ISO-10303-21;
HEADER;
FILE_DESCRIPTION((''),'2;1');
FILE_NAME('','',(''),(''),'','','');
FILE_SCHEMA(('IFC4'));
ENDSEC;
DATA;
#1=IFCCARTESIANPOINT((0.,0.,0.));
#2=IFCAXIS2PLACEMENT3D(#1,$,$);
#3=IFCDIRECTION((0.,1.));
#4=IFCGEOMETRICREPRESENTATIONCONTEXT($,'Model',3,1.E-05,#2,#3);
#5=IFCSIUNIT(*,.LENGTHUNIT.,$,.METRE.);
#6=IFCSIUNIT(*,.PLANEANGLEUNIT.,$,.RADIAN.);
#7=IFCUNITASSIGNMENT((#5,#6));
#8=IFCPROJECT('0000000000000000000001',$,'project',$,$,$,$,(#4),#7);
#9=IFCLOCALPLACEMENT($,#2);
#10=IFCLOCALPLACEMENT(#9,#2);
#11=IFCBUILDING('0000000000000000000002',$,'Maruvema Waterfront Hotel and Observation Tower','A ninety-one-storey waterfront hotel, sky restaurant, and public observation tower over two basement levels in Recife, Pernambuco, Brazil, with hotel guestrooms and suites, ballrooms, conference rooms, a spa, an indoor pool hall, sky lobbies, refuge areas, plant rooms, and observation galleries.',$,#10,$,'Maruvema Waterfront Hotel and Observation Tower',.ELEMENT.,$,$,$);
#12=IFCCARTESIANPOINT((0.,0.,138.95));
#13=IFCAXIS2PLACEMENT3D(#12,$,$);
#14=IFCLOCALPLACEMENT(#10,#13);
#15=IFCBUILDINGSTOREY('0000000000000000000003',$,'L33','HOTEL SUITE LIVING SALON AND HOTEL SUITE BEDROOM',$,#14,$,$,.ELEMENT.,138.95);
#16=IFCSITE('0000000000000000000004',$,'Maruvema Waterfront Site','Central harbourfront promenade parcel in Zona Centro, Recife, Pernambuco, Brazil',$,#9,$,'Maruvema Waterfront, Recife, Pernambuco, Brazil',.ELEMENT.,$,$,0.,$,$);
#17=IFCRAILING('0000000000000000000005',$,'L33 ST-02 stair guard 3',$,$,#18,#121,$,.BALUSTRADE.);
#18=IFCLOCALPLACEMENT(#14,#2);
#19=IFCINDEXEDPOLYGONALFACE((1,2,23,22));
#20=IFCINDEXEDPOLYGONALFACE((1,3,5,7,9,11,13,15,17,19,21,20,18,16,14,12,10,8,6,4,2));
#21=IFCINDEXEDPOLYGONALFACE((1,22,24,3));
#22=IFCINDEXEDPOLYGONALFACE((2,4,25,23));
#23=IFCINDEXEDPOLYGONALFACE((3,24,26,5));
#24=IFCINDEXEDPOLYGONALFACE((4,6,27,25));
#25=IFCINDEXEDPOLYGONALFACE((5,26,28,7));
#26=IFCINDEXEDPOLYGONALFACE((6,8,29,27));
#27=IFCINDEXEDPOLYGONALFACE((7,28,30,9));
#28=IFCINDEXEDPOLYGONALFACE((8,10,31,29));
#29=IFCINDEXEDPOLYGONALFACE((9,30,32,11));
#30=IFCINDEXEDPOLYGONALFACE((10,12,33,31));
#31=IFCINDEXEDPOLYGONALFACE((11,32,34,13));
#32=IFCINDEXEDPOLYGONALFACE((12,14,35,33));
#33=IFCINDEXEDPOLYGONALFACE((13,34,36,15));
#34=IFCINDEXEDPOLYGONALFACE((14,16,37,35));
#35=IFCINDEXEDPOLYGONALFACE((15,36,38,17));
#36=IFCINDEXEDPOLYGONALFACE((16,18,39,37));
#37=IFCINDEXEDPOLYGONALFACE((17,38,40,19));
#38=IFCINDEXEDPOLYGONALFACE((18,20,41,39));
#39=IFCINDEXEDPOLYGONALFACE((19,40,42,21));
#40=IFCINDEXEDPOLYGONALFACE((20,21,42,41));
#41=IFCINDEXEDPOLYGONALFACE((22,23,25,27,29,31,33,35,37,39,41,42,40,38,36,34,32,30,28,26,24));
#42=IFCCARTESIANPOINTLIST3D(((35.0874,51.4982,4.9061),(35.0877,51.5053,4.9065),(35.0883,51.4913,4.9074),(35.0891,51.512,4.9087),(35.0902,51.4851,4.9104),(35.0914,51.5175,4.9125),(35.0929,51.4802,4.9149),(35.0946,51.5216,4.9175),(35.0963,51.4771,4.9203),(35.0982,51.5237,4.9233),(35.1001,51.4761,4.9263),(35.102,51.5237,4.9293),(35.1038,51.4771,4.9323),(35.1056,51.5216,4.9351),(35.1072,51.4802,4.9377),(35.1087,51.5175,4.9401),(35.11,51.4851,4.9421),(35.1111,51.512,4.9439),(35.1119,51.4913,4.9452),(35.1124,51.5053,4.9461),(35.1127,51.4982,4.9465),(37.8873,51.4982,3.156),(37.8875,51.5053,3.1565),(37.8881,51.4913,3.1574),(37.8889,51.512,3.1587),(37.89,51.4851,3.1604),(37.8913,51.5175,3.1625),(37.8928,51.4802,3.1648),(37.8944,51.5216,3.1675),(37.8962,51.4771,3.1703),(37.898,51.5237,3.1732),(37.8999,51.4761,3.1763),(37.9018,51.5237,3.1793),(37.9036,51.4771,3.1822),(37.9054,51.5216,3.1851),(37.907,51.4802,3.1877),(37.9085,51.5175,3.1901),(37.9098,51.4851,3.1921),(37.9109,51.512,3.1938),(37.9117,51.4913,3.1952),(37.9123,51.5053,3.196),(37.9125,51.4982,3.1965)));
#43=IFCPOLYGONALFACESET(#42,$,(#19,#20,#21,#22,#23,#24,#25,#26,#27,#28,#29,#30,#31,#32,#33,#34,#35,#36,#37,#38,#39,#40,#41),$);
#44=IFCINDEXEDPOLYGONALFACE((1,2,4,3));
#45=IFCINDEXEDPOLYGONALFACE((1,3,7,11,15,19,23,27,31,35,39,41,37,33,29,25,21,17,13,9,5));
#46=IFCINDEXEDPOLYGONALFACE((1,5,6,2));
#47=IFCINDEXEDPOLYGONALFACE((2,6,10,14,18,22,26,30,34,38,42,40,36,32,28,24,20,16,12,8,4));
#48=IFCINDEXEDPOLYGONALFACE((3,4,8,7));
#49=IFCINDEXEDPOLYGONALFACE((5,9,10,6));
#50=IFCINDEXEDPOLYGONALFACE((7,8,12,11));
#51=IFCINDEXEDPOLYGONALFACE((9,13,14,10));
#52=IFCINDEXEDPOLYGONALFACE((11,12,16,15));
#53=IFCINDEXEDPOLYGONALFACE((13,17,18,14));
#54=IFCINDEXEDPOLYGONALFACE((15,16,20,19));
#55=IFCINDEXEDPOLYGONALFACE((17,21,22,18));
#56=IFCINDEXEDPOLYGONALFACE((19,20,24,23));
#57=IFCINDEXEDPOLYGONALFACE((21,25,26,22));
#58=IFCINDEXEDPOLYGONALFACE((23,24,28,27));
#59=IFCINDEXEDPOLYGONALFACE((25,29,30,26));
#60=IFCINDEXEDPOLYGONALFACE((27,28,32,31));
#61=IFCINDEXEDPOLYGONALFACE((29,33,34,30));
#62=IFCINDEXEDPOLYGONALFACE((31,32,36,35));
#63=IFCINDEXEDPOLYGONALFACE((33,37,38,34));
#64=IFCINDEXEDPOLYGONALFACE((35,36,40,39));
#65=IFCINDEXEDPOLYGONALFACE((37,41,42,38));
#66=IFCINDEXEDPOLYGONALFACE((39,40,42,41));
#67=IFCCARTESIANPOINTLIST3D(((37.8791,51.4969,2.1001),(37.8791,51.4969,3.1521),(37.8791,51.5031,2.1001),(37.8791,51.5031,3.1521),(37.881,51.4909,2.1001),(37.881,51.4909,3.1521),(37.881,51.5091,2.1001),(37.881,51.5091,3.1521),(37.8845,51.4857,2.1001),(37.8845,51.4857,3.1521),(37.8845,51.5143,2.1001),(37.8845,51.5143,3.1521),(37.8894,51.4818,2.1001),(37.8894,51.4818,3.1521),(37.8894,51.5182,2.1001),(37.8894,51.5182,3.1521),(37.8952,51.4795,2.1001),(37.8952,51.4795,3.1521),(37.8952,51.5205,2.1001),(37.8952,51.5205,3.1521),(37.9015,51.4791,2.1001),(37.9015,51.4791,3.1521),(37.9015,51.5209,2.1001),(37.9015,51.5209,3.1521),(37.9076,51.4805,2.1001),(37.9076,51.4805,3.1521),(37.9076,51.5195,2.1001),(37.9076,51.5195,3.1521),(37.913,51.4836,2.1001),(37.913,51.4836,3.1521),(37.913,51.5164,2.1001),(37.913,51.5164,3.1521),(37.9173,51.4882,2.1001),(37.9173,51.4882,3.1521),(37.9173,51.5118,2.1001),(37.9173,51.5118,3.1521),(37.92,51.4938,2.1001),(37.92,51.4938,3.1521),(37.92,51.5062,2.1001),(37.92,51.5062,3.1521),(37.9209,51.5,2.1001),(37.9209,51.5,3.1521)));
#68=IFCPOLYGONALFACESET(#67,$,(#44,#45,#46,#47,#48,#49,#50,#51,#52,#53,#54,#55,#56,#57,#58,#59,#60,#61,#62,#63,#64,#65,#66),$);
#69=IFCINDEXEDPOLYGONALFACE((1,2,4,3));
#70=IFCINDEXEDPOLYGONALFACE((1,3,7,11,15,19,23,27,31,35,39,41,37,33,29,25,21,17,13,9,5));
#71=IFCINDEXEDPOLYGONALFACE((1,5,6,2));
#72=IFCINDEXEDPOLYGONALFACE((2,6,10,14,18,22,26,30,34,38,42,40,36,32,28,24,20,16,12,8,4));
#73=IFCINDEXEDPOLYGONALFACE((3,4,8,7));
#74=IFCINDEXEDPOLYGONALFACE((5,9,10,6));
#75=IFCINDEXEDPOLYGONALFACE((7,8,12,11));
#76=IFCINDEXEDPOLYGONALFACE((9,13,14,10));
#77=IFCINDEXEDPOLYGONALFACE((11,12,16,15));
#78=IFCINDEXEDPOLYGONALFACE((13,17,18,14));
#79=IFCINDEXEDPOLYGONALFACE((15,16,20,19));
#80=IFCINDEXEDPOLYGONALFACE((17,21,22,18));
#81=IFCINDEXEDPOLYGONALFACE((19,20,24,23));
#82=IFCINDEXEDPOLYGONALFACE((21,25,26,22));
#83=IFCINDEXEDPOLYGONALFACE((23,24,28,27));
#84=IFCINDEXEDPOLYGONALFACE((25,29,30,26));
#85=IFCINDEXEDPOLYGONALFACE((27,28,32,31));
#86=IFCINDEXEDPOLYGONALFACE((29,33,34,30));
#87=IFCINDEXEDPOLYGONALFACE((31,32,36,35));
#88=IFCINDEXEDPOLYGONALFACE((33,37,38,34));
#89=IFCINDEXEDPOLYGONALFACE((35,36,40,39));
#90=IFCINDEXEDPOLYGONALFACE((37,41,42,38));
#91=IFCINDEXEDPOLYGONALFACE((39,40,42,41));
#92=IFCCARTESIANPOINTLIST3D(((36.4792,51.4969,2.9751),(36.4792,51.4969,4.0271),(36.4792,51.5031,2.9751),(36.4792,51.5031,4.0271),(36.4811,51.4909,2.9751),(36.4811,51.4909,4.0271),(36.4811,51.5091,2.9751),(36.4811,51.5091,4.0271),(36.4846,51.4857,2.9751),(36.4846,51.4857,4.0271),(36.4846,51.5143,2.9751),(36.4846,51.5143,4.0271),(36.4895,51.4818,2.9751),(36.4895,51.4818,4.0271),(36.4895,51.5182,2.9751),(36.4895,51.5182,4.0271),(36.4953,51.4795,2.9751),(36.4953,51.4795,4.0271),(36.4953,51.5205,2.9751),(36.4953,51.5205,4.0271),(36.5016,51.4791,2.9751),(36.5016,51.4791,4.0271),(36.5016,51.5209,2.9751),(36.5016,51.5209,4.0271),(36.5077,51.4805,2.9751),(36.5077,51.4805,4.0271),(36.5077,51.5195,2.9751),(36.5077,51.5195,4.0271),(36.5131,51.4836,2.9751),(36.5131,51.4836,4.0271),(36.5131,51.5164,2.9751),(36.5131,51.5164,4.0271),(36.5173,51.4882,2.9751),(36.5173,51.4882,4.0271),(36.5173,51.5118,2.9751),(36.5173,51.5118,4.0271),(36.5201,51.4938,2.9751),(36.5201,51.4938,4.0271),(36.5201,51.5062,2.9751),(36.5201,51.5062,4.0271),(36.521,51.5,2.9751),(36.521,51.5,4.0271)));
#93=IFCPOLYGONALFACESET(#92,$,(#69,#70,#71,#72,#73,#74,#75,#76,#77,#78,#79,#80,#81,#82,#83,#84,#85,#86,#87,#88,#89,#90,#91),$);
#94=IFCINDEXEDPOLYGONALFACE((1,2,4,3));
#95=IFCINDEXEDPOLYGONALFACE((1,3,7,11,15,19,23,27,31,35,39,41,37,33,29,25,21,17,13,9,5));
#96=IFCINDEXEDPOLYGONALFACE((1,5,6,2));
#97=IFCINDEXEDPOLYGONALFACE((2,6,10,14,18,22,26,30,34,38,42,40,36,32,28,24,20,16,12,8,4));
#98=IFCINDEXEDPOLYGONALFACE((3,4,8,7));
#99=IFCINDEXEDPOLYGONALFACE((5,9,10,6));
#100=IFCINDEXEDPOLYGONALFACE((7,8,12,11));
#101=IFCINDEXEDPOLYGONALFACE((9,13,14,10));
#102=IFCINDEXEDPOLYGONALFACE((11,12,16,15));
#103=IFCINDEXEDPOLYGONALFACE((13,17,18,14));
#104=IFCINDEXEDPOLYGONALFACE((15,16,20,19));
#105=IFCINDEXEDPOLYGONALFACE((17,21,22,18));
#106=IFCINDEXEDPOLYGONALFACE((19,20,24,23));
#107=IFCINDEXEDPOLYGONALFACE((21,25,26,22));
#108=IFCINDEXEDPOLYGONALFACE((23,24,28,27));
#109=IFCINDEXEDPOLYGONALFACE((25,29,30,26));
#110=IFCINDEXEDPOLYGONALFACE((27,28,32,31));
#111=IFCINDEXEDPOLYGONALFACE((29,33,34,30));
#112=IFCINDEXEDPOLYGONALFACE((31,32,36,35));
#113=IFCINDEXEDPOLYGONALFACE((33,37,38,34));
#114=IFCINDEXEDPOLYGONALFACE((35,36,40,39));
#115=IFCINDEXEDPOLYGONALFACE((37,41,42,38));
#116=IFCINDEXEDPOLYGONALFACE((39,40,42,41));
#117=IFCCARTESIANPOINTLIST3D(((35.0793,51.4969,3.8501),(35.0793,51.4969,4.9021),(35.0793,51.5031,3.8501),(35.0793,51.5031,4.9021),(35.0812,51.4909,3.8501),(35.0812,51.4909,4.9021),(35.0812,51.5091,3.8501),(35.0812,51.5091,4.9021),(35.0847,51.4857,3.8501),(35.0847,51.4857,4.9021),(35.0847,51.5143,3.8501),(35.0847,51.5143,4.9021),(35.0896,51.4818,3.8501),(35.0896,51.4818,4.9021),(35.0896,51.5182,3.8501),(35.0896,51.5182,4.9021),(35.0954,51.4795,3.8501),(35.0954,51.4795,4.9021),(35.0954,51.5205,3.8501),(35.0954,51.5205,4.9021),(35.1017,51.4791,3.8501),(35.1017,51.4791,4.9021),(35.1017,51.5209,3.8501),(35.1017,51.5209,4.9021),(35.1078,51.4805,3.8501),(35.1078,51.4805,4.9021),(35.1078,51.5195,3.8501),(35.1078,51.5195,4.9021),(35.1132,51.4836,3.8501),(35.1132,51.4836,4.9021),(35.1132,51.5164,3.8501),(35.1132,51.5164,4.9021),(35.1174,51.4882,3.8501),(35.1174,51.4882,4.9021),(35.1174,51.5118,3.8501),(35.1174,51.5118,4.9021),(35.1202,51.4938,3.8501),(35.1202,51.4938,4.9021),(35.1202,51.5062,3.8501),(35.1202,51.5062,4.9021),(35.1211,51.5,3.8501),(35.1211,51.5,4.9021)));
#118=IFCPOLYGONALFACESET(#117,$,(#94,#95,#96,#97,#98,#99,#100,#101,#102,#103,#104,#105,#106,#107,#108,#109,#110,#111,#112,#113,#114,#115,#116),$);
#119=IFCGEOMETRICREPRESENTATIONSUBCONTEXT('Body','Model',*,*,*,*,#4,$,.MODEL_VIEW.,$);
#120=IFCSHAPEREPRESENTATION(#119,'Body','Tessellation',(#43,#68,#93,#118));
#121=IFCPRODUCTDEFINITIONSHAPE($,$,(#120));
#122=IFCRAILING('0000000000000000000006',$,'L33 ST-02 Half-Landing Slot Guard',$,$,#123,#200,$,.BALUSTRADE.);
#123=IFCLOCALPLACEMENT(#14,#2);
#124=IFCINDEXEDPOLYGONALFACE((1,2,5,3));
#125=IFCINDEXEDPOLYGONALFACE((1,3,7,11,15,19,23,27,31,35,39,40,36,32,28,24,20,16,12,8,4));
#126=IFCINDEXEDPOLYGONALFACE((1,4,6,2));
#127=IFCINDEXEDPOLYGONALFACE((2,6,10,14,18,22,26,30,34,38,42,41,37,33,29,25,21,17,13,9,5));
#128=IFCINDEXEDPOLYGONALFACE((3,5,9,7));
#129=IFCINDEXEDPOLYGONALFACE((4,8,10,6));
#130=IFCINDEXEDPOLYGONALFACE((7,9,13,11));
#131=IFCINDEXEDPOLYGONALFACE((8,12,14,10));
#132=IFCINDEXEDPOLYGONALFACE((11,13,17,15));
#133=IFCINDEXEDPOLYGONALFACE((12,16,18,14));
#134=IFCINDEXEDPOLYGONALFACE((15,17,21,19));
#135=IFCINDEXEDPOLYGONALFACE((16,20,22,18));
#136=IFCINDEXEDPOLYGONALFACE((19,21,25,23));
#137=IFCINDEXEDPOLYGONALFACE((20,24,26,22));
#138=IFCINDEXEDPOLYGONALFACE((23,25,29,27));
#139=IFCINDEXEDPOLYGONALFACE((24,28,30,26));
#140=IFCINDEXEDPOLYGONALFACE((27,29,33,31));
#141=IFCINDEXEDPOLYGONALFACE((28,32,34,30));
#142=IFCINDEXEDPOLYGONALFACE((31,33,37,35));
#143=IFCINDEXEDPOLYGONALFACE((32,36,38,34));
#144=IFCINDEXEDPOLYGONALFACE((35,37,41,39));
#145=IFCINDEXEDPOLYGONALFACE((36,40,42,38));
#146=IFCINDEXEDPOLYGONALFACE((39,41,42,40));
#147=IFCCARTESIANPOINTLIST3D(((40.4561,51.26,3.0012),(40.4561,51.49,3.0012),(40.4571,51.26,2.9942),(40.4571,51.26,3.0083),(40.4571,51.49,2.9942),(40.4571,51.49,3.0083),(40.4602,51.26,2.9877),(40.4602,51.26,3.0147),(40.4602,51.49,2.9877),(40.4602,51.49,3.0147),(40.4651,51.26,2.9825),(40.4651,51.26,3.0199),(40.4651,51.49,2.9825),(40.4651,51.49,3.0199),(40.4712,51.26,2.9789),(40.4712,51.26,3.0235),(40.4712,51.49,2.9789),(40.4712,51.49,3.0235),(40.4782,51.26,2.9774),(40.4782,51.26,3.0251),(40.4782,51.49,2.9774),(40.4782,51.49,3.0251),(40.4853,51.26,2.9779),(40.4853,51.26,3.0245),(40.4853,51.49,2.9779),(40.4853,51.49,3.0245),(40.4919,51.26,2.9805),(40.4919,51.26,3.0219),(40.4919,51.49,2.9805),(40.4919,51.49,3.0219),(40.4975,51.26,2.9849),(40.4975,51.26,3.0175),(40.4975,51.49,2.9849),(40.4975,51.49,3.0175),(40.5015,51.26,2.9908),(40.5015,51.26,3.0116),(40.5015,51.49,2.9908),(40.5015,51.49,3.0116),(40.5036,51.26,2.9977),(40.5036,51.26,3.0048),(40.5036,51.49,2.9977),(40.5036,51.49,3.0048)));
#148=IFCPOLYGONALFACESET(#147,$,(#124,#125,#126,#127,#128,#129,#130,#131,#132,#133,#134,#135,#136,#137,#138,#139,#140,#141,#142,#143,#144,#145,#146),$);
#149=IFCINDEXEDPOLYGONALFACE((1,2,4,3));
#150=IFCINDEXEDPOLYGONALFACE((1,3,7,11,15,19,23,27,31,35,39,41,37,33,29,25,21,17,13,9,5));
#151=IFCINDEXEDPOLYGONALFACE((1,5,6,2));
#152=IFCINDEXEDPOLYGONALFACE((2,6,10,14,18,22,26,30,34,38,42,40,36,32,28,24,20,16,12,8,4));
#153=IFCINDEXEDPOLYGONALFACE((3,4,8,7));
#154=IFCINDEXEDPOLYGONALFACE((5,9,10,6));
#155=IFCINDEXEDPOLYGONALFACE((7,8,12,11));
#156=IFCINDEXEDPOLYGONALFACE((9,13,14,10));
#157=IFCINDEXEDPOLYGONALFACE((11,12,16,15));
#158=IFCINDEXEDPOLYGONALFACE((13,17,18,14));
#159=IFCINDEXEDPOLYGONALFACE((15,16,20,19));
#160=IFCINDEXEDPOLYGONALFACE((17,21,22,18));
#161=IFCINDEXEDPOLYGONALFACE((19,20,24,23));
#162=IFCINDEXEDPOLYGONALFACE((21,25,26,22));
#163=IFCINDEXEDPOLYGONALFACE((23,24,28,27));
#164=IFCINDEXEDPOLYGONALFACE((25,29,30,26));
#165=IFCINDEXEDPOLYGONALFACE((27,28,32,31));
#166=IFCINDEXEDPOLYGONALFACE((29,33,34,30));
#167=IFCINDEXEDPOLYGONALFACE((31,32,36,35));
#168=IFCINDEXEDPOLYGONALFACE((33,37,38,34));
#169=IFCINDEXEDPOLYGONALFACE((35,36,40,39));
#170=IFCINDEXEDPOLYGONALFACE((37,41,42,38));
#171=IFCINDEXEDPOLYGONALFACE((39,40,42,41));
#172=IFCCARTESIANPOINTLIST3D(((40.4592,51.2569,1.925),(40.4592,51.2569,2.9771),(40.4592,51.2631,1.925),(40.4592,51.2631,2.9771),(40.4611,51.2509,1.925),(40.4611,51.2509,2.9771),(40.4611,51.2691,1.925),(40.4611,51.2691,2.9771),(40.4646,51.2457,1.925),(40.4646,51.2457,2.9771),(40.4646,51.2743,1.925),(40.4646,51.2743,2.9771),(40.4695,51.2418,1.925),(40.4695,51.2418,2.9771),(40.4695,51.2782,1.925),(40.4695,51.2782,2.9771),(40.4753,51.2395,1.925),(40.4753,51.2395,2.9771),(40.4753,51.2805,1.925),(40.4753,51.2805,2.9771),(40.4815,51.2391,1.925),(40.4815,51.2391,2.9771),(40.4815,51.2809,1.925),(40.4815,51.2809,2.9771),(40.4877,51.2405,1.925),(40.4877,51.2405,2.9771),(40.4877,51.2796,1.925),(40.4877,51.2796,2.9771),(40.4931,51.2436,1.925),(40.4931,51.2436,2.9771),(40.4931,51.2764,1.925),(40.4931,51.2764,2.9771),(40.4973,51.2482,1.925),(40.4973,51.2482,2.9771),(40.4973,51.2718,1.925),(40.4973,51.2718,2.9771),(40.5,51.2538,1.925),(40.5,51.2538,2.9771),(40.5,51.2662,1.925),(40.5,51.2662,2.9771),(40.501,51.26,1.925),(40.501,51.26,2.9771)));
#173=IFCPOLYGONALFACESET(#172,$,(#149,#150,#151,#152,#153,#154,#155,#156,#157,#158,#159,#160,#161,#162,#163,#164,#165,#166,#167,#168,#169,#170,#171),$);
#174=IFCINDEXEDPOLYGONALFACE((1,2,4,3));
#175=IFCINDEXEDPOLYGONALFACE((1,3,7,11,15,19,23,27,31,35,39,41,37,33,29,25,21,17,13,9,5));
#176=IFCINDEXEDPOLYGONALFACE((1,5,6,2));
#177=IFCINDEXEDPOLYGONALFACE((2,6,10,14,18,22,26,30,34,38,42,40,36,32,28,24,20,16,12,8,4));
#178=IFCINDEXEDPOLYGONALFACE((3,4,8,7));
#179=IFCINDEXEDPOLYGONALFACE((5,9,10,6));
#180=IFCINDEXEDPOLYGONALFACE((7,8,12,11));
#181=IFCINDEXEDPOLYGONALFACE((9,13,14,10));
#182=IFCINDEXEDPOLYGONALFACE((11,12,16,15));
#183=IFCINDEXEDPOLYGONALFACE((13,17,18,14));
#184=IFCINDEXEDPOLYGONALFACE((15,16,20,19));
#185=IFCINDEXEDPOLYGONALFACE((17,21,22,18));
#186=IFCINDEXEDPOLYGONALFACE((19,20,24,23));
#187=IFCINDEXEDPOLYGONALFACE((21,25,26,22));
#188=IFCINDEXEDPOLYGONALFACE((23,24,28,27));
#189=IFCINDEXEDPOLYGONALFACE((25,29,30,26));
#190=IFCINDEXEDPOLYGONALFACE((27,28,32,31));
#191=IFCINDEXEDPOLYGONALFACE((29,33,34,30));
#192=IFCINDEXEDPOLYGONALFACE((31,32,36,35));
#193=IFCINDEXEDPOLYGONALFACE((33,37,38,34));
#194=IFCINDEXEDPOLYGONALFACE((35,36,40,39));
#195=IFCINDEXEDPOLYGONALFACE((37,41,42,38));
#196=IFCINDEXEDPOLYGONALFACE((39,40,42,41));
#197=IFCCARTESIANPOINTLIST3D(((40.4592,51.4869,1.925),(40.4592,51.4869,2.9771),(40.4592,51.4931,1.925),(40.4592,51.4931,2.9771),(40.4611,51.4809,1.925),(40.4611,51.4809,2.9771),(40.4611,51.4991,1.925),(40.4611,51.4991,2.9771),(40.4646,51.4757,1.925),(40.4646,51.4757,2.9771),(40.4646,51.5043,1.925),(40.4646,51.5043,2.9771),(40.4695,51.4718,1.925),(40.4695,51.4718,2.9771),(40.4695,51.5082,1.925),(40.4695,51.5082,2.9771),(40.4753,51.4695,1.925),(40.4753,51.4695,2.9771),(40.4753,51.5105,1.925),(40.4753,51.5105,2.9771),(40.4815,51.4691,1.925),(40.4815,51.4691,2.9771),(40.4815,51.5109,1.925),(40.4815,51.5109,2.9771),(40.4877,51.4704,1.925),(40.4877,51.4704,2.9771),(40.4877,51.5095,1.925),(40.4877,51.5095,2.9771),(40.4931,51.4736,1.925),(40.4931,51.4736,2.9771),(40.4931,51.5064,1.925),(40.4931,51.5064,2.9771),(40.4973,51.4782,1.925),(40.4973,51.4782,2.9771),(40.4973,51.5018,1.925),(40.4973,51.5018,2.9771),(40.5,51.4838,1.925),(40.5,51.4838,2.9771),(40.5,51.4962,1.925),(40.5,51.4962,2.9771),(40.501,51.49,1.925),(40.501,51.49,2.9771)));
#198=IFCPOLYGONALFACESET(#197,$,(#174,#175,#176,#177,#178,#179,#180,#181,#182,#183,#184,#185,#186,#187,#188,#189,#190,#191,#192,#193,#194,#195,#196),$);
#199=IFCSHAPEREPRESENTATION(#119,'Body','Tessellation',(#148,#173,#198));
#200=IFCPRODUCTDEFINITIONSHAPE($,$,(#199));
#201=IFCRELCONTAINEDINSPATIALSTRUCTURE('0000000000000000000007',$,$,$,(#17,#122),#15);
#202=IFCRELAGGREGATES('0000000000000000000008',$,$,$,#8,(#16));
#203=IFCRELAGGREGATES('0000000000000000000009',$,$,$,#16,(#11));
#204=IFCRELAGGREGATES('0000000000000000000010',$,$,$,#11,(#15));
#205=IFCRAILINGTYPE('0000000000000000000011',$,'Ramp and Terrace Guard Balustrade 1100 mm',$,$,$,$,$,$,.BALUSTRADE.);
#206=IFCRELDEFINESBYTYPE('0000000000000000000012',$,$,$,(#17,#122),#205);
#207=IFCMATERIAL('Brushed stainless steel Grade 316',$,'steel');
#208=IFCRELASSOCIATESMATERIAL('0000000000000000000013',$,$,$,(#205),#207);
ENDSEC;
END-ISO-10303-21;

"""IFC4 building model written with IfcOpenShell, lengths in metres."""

from ifc_helpers import new_model, si_unit, direction, frame, origin, origin_2d, place, context, subcontext, project, spatial, circle, extrude, material, type_object, element, save


model = new_model("IFC4")

# Units and contexts
model_context = context("Model", 3, precision=1e-05, world=origin(), true_north=direction((0.0, 1.0)))
body_context = subcontext(model_context, "Body", "Model", "MODEL_VIEW")
ifc_project = project(units=[si_unit("LENGTHUNIT", "METRE"), si_unit("PLANEANGLEUNIT", "RADIAN")], contexts=[model_context])

# Site, building, storey
site_placement = place(None, origin())
site = spatial("IfcSite", under=ifc_project, at=site_placement, Name="Maruvema Waterfront Site", Description="Central harbourfront promenade parcel in Zona Centro, Recife, Pernambuco, Brazil", LongName="Maruvema Waterfront, Recife, Pernambuco, Brazil", CompositionType="ELEMENT", RefElevation=0.0)
building_placement = place(site_placement, origin())
building = spatial("IfcBuilding", under=site, at=building_placement, Name="Maruvema Waterfront Hotel and Observation Tower", Description="A ninety-one-storey waterfront hotel, sky restaurant, and public observation tower over two basement levels in Recife, Pernambuco, Brazil, with hotel guestrooms and suites, ballrooms, conference rooms, a spa, an indoor pool hall, sky lobbies, refuge areas, plant rooms, and observation galleries.", LongName="Maruvema Waterfront Hotel and Observation Tower", CompositionType="ELEMENT")
storey_placement = place(building_placement, frame((0.0, 0.0, 138.95)))
storey = spatial("IfcBuildingStorey", under=building, at=storey_placement, Name="L33", Description="HOTEL SUITE LIVING SALON AND HOTEL SUITE BEDROOM", CompositionType="ELEMENT", Elevation=138.95)

# Railings
ifc_material_1 = material(Name="Brushed stainless steel Grade 316", Category="steel")
railing_type_1 = type_object("IfcRailingType", Name="Ramp and Terrace Guard Balustrade 1100 mm", PredefinedType="BALUSTRADE", material=ifc_material_1)
railing_1_placement = place(storey_placement, frame((37.8999, 51.5, 2.1001)))
element("IfcRailing", 1, at=railing_1_placement, inside=storey, type_object=railing_type_1, Name="L33 ST-02 stair guard 3", PredefinedType="BALUSTRADE", context=body_context, shape_type="SweptSolid", body=[
    extrude(circle(Radius=0.0239, at=origin_2d()), frame((0.0, 0.0, 1.0762), z_axis=(-0.847982, 0.0, 0.530026), x_axis=(0.0, -1.0, 0.0)), (0.0, 0.0, 1.0), 3.3018),
    extrude(circle(Radius=0.021, at=origin_2d()), origin(), (0.0, 0.0, 1.0), 1.052),
    extrude(circle(Radius=0.021, at=origin_2d()), frame((-1.3999, 0.0, 0.875)), (0.0, 0.0, 1.0), 1.052),
    extrude(circle(Radius=0.021, at=origin_2d()), frame((-2.7998, 0.0, 1.75)), (0.0, 0.0, 1.0), 1.052),
])
railing_2_placement = place(storey_placement, frame((40.48, 51.26, 1.925)))
element("IfcRailing", 2, at=railing_2_placement, inside=storey, type_object=railing_type_1, Name="L33 ST-02 Half-Landing Slot Guard", PredefinedType="BALUSTRADE", context=body_context, shape_type="SweptSolid", body=[
    extrude(circle(Radius=0.0239, at=origin_2d()), frame((0.0, 0.0, 1.0762), z_axis=(0.0, 1.0, 0.0), x_axis=(-1.0, 0.0, 0.0)), (0.0, 0.0, 1.0), 0.23),
    extrude(circle(Radius=0.021, at=origin_2d()), origin(), (0.0, 0.0, 1.0), 1.052),
    extrude(circle(Radius=0.021, at=origin_2d()), frame((0.0, 0.23, 0.0)), (0.0, 0.0, 1.0), 1.052),
])

save(model, "model.ifc")
